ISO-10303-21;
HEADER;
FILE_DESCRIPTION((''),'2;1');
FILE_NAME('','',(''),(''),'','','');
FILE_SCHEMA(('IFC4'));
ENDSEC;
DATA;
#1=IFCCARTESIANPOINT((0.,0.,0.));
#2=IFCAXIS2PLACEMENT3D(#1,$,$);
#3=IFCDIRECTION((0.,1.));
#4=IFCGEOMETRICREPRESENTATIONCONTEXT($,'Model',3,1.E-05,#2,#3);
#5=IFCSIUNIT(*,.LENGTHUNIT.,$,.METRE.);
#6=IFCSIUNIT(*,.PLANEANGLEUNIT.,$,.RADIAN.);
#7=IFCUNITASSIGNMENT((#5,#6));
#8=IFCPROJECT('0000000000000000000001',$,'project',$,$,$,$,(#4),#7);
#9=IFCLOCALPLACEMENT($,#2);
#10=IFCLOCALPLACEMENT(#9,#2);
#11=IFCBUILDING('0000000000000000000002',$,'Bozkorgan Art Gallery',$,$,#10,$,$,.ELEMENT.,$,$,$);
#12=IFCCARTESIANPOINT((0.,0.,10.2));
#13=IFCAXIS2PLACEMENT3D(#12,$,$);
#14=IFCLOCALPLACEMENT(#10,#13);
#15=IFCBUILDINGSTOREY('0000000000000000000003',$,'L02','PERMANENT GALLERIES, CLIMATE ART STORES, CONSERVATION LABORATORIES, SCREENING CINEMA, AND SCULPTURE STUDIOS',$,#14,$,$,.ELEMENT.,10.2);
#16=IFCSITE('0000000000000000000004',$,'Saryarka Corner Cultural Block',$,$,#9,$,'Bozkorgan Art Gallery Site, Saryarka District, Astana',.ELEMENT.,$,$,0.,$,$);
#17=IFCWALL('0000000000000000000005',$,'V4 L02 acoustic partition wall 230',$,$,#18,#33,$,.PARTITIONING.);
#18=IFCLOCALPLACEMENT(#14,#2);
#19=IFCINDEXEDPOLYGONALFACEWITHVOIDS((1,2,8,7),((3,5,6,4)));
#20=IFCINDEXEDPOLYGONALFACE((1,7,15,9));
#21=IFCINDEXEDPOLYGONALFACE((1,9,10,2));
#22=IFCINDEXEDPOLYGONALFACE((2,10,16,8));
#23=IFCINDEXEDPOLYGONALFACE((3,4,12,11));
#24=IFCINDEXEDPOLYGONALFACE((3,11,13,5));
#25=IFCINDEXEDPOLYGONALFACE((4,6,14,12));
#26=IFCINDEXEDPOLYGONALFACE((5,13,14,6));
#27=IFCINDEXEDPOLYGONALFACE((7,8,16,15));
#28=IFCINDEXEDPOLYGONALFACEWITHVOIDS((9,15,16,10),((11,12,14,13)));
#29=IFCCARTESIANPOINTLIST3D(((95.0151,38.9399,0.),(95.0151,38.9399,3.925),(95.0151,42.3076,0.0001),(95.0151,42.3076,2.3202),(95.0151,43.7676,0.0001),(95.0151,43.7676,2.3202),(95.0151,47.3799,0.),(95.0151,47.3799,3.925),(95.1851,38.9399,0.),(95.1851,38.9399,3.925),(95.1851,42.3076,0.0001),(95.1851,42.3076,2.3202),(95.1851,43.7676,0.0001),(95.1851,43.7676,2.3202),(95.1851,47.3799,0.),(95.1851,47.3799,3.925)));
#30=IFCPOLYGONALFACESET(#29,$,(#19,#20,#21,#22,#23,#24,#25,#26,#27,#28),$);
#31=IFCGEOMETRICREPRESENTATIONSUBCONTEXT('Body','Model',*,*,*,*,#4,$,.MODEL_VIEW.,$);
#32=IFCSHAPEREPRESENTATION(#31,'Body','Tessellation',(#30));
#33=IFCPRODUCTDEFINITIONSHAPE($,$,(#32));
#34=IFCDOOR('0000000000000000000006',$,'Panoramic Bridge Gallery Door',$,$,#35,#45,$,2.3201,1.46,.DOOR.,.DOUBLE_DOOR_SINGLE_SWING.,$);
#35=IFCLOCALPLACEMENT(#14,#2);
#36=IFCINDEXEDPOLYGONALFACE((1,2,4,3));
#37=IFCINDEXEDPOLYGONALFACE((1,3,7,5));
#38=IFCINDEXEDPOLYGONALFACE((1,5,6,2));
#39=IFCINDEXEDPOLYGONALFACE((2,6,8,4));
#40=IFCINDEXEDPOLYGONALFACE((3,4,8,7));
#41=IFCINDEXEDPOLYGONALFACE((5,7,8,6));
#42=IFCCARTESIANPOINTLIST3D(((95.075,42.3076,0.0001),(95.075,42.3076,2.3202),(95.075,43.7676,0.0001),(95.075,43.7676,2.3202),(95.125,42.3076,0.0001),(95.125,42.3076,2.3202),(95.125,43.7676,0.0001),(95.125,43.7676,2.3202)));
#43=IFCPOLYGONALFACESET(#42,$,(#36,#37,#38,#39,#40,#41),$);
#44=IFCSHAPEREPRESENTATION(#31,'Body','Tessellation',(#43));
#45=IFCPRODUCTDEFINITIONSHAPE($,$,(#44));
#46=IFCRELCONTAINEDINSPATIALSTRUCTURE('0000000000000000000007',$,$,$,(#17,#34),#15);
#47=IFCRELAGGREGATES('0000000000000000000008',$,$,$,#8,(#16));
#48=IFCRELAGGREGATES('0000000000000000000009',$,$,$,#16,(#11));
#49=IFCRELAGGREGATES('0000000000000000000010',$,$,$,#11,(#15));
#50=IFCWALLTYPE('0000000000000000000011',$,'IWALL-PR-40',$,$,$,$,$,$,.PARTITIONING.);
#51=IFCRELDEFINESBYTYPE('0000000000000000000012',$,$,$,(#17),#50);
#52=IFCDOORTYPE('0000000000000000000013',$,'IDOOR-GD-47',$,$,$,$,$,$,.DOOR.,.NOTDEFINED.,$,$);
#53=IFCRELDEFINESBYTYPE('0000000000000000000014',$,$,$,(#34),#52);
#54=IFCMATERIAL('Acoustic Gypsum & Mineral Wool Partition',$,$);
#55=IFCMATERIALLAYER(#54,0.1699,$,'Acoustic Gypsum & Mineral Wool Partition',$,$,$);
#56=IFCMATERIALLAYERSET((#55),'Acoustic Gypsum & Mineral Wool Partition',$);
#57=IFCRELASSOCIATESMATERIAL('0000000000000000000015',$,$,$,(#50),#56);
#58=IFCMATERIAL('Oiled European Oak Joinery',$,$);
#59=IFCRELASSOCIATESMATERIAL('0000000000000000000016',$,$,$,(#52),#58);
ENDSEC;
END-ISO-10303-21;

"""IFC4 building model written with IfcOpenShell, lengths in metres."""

from ifc_helpers import new_model, si_unit, direction, frame, frame_2d, origin, place, context, subcontext, project, spatial, rectangle, extrude, material, layer, layer_set, type_object, element, fill, save


model = new_model("IFC4")

# Units and contexts
model_context = context("Model", 3, precision=1e-05, world=origin(), true_north=direction((0.0, 1.0)))
body_context = subcontext(model_context, "Body", "Model", "MODEL_VIEW")
ifc_project = project(units=[si_unit("LENGTHUNIT", "METRE"), si_unit("PLANEANGLEUNIT", "RADIAN")], contexts=[model_context])

# Site, building, storey
site_placement = place(None, origin())
site = spatial("IfcSite", under=ifc_project, at=site_placement, Name="Saryarka Corner Cultural Block", LongName="Bozkorgan Art Gallery Site, Saryarka District, Astana", CompositionType="ELEMENT", RefElevation=0.0)
building_placement = place(site_placement, origin())
building = spatial("IfcBuilding", under=site, at=building_placement, Name="Bozkorgan Art Gallery", CompositionType="ELEMENT")
storey_placement = place(building_placement, frame((0.0, 0.0, 10.2)))
storey = spatial("IfcBuildingStorey", under=building, at=storey_placement, Name="L02", Description="PERMANENT GALLERIES, CLIMATE ART STORES, CONSERVATION LABORATORIES, SCREENING CINEMA, AND SCULPTURE STUDIOS", CompositionType="ELEMENT", Elevation=10.2)

# Wall, opening, door
ifc_material_1 = material(Name="Acoustic Gypsum & Mineral Wool Partition")
ifc_material_2 = material(Name="Oiled European Oak Joinery")
ifc_layer_1 = layer(ifc_material_1, 0.1699, Name="Acoustic Gypsum & Mineral Wool Partition")
ifc_layer_set_1 = layer_set([ifc_layer_1], Name="Acoustic Gypsum & Mineral Wool Partition")
wall_type_1 = type_object("IfcWallType", Name="IWALL-PR-40", PredefinedType="PARTITIONING", material=ifc_layer_set_1)
wall_1_placement = place(storey_placement, frame((95.1001, 38.9399, 0.0), z_axis=(0.0, 0.0, 1.0), x_axis=(0.0, 1.0, 0.0)))
wall_1 = element("IfcWall", 1, at=wall_1_placement, inside=storey, type_object=wall_type_1, Name="V4 L02 acoustic partition wall 230", PredefinedType="PARTITIONING", context=body_context, shape_type="SweptSolid", body=[
    extrude(rectangle(XDim=8.4399, YDim=0.1699, at=frame_2d((4.22, 0.0))), origin(), (0.0, 0.0, 1.0), 3.925),
])
opening_1_placement = place(wall_1_placement, frame((4.8276, 0.0, 0.0), z_axis=(0.0, 0.0, 1.0), x_axis=(-1.0, 0.0, 0.0)))
opening_1 = element("IfcOpeningElement", 2, at=opening_1_placement, cuts=wall_1, PredefinedType="OPENING", context=body_context, shape_type="SweptSolid", body=[
    extrude(rectangle(XDim=1.46, YDim=2.3201, at=frame_2d((0.73, 1.1602))), frame((0.0, 0.095, 0.0), z_axis=(0.0, -1.0, 0.0), x_axis=(1.0, 0.0, 0.0)), (0.0, 0.0, 1.0), 0.1899),
])
door_type_1 = type_object("IfcDoorType", Name="IDOOR-GD-47", OperationType="NOTDEFINED", PredefinedType="DOOR", material=ifc_material_2)
door_1_placement = place(opening_1_placement, origin())
door_1 = element("IfcDoor", 3, at=door_1_placement, inside=storey, type_object=door_type_1, Name="Panoramic Bridge Gallery Door", OperationType="DOUBLE_DOOR_SINGLE_SWING", OverallHeight=2.3201, OverallWidth=1.46, PredefinedType="DOOR", context=body_context, shape_type="SweptSolid", body=[
    extrude(rectangle(XDim=1.46, YDim=2.3201, at=frame_2d((0.73, 1.1602))), frame((0.0, 0.0249, 0.0), z_axis=(0.0, -1.0, 0.0), x_axis=(1.0, 0.0, 0.0)), (0.0, 0.0, 1.0), 0.05),
])
fill(opening_1, door_1)

save(model, "model.ifc")
